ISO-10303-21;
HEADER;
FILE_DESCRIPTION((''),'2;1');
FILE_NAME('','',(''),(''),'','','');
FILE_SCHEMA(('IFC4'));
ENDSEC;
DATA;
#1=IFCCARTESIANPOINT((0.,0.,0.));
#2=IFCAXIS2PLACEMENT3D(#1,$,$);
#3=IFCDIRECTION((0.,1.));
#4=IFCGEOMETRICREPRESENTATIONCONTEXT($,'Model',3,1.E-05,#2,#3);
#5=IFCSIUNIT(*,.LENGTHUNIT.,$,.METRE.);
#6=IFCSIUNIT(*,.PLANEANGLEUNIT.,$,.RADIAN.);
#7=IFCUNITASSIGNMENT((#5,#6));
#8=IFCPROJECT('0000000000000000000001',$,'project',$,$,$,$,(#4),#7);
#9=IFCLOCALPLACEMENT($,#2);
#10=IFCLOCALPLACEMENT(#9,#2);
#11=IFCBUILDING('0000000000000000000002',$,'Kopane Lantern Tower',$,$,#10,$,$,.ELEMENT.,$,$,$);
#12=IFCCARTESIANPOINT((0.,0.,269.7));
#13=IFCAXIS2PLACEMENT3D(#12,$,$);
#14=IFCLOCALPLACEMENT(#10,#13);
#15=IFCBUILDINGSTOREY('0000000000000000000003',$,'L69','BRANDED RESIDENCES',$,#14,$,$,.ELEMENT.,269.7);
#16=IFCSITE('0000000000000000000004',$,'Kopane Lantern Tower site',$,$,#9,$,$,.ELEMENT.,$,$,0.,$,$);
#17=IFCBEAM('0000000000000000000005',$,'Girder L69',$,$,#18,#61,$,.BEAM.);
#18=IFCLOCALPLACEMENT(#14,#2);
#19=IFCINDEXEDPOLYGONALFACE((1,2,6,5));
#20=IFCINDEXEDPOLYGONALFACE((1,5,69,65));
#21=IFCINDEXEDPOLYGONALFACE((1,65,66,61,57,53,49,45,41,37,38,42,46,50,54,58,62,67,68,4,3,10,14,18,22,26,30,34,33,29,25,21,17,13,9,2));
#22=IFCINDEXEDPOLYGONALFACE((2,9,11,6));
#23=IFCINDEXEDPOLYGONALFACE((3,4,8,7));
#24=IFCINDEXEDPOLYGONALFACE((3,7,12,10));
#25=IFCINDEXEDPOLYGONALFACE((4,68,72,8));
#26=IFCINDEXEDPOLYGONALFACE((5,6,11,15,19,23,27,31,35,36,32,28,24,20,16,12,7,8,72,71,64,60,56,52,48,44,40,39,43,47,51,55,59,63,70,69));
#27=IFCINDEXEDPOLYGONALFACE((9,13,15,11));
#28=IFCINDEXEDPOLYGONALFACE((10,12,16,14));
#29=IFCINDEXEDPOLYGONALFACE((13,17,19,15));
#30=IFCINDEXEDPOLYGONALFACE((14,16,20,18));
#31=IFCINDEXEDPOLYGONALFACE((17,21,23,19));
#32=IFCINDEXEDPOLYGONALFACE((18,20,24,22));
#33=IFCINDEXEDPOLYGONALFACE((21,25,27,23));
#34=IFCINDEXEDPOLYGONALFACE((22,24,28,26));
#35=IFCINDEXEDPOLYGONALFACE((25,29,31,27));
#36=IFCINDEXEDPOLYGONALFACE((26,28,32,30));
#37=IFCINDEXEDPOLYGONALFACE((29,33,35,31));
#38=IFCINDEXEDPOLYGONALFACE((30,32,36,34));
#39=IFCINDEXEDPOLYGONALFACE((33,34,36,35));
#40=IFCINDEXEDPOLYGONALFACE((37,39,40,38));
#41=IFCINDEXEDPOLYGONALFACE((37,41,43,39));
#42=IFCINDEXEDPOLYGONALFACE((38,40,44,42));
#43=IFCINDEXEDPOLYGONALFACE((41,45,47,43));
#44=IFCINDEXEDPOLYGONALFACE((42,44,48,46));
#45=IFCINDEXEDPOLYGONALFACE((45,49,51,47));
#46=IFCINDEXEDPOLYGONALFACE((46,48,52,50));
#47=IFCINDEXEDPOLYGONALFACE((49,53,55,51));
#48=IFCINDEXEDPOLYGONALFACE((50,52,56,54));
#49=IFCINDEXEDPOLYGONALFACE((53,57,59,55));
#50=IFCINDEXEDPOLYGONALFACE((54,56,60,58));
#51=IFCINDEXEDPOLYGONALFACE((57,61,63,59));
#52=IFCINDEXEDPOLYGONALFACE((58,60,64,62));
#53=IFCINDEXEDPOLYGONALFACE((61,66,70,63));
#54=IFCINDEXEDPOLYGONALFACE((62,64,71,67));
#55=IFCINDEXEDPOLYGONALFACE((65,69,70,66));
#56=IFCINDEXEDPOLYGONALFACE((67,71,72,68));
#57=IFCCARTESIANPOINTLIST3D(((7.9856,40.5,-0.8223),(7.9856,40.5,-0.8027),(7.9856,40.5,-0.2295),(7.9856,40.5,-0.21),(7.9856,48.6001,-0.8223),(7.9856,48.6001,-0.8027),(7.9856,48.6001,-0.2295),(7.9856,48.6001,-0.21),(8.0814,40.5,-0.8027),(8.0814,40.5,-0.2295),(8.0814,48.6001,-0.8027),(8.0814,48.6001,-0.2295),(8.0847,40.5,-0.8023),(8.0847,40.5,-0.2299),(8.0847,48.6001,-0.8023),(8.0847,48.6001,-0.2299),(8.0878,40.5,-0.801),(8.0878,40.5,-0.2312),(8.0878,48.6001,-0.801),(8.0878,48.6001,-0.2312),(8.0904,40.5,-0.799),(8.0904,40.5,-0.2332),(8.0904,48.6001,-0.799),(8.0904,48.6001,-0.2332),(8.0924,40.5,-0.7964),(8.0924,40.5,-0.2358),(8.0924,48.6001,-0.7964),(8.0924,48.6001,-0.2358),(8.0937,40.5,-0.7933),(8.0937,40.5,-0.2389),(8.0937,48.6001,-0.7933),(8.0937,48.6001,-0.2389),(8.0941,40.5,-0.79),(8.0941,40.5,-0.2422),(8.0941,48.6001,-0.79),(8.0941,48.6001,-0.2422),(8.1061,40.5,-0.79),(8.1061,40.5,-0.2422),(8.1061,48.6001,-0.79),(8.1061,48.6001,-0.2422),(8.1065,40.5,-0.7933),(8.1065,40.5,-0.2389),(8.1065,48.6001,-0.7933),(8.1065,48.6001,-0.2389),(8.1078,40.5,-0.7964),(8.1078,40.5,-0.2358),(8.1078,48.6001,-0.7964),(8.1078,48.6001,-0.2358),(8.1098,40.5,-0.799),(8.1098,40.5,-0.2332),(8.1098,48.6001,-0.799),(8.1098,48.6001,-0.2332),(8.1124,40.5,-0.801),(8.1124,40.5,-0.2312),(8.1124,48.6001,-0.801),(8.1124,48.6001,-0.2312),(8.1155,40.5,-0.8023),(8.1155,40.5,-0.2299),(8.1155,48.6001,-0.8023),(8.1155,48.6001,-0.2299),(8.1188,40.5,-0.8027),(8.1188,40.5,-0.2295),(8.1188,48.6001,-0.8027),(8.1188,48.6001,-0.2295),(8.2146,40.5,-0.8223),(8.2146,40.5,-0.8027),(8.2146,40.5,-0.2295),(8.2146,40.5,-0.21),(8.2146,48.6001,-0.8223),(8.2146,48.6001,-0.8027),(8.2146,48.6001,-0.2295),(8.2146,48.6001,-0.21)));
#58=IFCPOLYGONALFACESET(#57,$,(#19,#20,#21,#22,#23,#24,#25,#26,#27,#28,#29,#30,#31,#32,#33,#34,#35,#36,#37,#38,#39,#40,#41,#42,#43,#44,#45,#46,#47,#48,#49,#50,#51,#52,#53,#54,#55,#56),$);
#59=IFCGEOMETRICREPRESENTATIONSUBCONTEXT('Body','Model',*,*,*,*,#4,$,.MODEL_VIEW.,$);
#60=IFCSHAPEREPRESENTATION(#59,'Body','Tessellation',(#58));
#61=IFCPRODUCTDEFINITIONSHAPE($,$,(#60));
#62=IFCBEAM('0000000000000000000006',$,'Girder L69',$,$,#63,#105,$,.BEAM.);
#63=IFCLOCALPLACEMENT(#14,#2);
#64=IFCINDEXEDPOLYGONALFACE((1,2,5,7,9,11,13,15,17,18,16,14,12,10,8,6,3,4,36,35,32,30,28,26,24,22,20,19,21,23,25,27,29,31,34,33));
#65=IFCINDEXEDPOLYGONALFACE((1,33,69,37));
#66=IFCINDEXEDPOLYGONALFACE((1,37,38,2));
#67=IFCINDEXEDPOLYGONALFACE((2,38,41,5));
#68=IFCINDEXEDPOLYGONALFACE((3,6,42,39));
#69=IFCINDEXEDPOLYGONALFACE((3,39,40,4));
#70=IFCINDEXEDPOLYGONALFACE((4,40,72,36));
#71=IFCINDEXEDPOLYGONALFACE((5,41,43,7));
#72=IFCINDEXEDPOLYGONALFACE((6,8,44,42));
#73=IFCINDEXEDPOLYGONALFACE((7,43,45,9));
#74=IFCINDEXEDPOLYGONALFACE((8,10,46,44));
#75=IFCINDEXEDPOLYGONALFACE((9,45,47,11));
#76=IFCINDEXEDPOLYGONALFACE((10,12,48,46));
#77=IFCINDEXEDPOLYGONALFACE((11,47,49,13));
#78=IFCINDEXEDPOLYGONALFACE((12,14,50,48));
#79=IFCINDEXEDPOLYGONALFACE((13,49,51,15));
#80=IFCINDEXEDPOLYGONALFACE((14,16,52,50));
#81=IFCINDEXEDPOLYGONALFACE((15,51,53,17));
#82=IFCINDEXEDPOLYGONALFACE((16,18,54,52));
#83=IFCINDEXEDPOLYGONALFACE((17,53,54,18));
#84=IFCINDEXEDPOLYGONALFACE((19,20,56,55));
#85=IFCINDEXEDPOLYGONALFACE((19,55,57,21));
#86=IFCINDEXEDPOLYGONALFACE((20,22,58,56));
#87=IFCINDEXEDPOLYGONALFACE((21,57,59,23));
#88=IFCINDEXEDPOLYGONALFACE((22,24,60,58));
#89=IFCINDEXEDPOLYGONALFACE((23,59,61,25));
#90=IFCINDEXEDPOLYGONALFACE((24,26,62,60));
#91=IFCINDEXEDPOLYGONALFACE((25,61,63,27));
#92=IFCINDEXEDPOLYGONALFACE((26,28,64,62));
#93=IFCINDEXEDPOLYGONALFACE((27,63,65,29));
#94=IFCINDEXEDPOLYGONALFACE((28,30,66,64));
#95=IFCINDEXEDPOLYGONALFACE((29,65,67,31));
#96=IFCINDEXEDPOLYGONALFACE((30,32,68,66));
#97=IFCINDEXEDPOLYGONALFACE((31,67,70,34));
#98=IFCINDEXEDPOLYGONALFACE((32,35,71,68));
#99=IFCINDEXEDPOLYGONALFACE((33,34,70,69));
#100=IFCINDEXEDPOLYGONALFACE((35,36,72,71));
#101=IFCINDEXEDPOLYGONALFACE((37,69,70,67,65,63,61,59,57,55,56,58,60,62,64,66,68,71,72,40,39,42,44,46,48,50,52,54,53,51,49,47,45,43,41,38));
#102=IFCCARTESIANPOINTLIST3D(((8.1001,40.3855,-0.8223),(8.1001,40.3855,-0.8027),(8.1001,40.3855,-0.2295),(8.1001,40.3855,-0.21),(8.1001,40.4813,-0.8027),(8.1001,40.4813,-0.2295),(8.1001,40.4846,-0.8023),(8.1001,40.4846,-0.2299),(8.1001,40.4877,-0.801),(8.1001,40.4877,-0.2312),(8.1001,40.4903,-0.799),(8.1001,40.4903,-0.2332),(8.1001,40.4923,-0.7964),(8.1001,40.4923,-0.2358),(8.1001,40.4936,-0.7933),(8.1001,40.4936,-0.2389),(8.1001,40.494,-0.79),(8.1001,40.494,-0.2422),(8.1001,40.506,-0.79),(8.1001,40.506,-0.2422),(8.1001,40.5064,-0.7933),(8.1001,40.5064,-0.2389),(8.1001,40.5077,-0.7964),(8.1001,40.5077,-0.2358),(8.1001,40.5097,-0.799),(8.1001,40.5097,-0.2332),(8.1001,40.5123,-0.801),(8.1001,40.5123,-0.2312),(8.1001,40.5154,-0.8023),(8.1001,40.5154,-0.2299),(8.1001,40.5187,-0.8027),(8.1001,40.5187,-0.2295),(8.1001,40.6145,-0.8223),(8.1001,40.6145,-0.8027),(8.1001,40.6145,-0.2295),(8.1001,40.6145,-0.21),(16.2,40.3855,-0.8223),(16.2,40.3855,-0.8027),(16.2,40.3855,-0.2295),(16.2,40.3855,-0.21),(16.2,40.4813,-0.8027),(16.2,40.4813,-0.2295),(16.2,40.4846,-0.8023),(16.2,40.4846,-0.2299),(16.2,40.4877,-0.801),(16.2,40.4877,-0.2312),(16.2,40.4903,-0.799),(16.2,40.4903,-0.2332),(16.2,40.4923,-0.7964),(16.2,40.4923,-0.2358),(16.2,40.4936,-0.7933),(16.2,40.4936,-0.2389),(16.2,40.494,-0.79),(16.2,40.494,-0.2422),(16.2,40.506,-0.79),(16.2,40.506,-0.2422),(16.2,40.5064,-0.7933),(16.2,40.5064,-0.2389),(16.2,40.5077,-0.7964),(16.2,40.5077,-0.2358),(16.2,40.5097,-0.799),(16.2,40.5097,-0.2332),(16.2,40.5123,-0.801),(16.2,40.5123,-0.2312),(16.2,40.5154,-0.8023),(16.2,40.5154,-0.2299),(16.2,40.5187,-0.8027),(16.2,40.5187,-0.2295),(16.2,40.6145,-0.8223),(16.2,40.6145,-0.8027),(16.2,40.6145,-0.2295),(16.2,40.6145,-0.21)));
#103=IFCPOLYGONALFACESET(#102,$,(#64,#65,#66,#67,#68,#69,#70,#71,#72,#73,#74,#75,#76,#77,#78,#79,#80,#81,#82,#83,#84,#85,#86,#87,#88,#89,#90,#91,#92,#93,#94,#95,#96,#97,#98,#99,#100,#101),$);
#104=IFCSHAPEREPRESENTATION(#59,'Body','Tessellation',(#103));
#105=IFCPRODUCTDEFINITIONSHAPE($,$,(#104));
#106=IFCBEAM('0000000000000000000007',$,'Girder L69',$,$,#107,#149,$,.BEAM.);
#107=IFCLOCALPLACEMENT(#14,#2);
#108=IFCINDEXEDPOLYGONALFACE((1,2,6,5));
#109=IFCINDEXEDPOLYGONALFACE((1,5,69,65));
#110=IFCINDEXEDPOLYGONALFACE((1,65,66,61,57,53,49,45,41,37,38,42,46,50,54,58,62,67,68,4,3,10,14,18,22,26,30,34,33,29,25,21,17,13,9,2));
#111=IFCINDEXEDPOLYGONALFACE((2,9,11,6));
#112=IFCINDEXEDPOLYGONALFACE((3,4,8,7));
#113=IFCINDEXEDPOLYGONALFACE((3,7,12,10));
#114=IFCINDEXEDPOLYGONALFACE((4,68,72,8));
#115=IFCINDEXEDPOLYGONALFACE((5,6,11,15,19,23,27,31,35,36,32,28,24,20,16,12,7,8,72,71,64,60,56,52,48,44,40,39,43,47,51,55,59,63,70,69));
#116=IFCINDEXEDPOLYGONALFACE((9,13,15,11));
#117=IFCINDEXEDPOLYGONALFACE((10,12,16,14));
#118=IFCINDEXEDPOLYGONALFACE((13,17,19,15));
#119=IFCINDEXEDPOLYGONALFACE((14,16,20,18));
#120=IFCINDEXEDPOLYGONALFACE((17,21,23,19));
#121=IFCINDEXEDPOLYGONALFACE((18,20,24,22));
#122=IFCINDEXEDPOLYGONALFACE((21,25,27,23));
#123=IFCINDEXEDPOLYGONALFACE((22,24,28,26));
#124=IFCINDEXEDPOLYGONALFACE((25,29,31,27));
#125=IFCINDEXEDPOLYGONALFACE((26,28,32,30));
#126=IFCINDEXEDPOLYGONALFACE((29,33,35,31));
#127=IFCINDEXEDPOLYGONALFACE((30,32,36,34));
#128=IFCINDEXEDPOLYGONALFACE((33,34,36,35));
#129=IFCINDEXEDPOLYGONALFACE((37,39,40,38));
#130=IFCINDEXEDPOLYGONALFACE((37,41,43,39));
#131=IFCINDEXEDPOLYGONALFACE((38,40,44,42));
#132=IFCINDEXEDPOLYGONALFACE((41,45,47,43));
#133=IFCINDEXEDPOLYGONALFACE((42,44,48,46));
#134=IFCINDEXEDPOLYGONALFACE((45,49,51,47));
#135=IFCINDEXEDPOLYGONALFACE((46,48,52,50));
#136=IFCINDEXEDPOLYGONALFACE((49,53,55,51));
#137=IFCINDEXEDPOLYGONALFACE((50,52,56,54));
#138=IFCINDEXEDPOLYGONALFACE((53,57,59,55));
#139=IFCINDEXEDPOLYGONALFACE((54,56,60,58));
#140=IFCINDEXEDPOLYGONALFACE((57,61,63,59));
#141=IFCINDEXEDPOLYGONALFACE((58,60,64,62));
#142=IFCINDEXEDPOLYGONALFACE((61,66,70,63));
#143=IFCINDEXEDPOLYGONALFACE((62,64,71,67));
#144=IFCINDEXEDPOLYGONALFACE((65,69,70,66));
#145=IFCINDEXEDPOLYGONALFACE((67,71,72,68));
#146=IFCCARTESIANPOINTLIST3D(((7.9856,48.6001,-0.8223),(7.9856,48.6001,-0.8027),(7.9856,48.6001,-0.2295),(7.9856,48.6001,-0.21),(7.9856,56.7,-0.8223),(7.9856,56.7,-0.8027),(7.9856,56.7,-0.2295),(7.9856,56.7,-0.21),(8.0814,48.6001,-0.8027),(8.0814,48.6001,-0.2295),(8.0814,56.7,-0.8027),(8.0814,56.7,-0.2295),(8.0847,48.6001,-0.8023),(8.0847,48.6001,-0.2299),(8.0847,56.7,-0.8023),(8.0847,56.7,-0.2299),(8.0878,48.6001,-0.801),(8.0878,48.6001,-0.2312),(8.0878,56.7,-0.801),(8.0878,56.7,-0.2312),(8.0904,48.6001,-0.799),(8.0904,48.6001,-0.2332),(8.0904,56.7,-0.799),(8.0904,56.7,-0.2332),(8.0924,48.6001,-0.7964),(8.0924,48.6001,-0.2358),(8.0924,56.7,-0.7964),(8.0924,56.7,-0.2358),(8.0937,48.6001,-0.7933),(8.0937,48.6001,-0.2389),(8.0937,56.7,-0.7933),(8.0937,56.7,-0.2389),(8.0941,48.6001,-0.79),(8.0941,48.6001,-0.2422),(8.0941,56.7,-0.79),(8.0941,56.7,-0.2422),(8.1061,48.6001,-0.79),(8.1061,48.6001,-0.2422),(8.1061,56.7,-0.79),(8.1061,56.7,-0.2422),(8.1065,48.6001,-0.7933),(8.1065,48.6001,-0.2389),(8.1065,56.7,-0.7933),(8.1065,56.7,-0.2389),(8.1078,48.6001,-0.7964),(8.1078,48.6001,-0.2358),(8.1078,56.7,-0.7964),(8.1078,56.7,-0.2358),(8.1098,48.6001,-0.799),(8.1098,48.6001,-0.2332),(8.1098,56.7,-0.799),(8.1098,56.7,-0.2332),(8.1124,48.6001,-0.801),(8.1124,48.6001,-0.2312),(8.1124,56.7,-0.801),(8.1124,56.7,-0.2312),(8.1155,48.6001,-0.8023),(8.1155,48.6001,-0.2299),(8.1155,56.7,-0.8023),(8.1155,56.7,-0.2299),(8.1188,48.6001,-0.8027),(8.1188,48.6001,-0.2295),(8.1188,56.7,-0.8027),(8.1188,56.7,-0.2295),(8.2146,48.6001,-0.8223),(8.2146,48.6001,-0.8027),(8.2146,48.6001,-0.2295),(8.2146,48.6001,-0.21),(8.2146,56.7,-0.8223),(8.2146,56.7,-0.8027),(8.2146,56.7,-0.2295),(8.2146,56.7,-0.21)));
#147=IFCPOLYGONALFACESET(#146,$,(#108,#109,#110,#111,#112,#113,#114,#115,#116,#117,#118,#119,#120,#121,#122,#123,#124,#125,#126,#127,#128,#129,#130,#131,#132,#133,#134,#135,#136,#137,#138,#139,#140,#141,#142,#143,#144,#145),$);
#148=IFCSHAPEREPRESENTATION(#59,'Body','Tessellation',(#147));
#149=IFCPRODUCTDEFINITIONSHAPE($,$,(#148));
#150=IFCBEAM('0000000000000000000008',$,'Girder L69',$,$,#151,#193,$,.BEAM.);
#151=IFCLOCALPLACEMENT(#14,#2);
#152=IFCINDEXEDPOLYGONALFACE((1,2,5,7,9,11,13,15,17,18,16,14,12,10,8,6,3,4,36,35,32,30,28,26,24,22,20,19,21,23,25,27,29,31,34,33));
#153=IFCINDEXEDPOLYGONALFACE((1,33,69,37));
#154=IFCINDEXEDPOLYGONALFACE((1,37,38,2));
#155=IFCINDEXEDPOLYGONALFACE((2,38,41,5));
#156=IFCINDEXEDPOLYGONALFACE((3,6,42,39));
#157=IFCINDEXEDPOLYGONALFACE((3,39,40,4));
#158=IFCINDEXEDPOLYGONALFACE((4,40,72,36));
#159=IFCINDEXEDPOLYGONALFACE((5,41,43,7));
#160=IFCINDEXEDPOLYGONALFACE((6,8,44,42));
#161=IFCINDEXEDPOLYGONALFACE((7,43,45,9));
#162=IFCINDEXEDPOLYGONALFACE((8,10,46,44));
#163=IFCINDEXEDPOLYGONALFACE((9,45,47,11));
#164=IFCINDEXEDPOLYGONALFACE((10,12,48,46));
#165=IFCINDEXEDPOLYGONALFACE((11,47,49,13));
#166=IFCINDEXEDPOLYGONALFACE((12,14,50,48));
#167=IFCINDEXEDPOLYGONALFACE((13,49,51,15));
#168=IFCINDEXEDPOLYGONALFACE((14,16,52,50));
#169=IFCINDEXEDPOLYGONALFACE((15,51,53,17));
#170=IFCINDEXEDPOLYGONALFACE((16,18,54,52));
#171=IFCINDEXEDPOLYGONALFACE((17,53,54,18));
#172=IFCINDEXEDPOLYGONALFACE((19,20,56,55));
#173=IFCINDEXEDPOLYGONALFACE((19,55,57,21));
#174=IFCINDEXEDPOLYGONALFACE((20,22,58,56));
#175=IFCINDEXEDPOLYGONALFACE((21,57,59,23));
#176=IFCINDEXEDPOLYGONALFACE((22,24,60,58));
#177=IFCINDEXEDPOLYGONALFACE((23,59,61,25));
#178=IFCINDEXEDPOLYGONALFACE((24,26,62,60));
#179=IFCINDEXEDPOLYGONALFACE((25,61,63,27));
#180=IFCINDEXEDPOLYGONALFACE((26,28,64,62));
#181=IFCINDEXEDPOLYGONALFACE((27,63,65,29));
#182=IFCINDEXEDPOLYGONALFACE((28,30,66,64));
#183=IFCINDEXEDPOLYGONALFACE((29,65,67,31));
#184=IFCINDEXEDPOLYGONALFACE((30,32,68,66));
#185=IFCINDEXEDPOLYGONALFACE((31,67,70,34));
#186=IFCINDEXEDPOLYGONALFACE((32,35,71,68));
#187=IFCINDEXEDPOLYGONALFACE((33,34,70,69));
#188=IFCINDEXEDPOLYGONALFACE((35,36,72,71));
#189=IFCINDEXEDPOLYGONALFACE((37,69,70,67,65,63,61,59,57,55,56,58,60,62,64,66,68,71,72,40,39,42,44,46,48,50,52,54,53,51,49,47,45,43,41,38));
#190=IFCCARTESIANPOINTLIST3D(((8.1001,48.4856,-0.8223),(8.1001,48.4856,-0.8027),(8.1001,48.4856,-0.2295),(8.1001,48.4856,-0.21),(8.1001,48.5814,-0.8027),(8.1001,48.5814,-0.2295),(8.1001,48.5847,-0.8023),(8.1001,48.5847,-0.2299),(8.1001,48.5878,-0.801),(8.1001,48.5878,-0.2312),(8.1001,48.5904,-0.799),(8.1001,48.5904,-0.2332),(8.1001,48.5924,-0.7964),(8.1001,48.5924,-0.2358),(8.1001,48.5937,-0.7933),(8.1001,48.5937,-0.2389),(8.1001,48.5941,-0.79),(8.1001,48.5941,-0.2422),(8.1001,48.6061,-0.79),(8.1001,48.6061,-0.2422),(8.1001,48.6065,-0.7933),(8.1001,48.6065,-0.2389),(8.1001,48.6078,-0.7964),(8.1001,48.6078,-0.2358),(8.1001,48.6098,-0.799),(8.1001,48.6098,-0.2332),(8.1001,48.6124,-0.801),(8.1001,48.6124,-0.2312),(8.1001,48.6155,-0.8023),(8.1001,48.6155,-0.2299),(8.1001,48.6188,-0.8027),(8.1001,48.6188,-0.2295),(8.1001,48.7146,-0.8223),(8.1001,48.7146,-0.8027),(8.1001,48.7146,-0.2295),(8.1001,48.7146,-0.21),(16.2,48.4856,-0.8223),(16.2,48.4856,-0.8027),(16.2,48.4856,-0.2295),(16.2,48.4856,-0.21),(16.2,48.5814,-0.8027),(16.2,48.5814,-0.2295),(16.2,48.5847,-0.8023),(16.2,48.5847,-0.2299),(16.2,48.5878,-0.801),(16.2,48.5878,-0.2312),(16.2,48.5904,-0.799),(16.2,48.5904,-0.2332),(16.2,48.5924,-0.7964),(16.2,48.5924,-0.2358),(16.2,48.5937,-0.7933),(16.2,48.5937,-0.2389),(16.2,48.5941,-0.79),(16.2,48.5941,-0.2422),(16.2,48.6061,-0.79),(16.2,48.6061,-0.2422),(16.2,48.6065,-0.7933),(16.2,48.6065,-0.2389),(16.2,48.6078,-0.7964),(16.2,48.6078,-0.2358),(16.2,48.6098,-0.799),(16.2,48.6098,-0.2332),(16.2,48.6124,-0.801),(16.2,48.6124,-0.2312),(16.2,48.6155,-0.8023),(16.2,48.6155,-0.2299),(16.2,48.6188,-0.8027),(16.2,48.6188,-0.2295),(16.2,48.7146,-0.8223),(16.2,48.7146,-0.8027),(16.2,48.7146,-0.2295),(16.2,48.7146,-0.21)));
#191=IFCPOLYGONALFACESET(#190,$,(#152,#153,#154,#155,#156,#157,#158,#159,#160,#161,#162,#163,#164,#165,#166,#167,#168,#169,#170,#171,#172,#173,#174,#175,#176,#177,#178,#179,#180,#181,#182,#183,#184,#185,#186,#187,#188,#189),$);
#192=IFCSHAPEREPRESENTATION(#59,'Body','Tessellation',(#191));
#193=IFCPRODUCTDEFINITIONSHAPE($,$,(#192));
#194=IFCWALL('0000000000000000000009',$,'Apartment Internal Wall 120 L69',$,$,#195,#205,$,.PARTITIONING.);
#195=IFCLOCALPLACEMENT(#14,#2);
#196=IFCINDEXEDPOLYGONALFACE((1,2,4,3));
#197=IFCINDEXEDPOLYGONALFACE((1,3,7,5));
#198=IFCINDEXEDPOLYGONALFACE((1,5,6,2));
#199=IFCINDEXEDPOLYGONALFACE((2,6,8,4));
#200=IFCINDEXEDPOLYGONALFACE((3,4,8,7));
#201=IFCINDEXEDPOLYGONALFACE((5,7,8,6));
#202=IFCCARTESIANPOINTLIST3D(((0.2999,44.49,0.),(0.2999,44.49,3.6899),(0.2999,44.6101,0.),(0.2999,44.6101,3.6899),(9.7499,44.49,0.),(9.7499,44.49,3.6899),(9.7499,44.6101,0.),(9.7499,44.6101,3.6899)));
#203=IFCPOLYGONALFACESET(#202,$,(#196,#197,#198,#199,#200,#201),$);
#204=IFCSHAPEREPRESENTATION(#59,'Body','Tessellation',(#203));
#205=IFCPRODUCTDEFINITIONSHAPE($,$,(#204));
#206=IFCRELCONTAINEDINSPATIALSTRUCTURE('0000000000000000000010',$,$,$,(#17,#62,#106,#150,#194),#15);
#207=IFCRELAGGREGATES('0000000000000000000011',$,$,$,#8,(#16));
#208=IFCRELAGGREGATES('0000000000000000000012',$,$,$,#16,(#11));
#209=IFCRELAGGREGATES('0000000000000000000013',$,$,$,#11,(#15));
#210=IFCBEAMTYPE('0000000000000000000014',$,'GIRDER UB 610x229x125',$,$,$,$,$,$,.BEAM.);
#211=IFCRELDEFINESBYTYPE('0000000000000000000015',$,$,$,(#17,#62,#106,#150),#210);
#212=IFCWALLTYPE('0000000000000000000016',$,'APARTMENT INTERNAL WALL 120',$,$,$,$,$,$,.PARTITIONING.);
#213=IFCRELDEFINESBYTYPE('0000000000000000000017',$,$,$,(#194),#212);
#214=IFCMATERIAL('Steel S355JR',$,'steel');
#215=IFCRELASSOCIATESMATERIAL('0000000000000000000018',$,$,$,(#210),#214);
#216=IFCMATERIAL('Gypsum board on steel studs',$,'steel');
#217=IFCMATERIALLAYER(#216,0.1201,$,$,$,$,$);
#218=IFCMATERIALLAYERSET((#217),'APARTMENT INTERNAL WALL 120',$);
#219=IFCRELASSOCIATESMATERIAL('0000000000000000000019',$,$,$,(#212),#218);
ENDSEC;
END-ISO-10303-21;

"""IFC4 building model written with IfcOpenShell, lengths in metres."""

from ifc_helpers import new_model, si_unit, direction, frame, frame_2d, origin, origin_2d, place, context, subcontext, project, spatial, rectangle, i_section, extrude, material, layer, layer_set, material_profile, profile_set, type_object, element, save


model = new_model("IFC4")

# Units and contexts
model_context = context("Model", 3, precision=1e-05, world=origin(), true_north=direction((0.0, 1.0)))
body_context = subcontext(model_context, "Body", "Model", "MODEL_VIEW")
ifc_project = project(units=[si_unit("LENGTHUNIT", "METRE"), si_unit("PLANEANGLEUNIT", "RADIAN")], contexts=[model_context])

# Site, building, storey
site_placement = place(None, origin())
site = spatial("IfcSite", under=ifc_project, at=site_placement, Name="Kopane Lantern Tower site", CompositionType="ELEMENT", RefElevation=0.0)
building_placement = place(site_placement, origin())
building = spatial("IfcBuilding", under=site, at=building_placement, Name="Kopane Lantern Tower", CompositionType="ELEMENT")
storey_placement = place(building_placement, frame((0.0, 0.0, 269.7)))
storey = spatial("IfcBuildingStorey", under=building, at=storey_placement, Name="L69", Description="BRANDED RESIDENCES", CompositionType="ELEMENT", Elevation=269.7)

# Beams
ifc_material_1 = material(Name="Steel S355JR", Category="steel")
ifc_material_profile_1 = material_profile(ifc_material_1, i_section(OverallWidth=0.229, OverallDepth=0.6123, WebThickness=0.012, FlangeThickness=0.0195, FilletRadius=0.0127, at=origin_2d()), Name="UB 610x229x125")
ifc_profile_set_1 = profile_set([ifc_material_profile_1], Name="Steel S355JR")
beam_type = type_object("IfcBeamType", Name="GIRDER UB 610x229x125", PredefinedType="BEAM", material=ifc_profile_set_1)
for number, where, z_axis, x_axis, name in (
    (1, (8.1001, 40.5, -0.5161), (0.0, 1.0, 0.0), (-1.0, 0.0, 0.0), "Girder L69"),
):
    element("IfcBeam", number, at=place(storey_placement, frame(where, z_axis=z_axis, x_axis=x_axis)), inside=storey, type_object=beam_type, Name=name, PredefinedType="BEAM", context=body_context, shape_type="SweptSolid", body=[
        extrude(i_section(OverallWidth=0.229, OverallDepth=0.6123, WebThickness=0.012, FlangeThickness=0.0195, FilletRadius=0.0127, at=origin_2d()), origin(), (0.0, 0.0, 1.0), 8.1001),
    ])
for number, where, z_axis, x_axis, name in (
    (2, (8.1001, 40.5, -0.5161), (1.0, 0.0, 0.0), (0.0, 1.0, 0.0), "Girder L69"),
    (3, (8.1001, 48.6001, -0.5161), (0.0, 1.0, 0.0), (-1.0, 0.0, 0.0), "Girder L69"),
    (4, (8.1001, 48.6001, -0.5161), (1.0, 0.0, 0.0), (0.0, 1.0, 0.0), "Girder L69"),
):
    element("IfcBeam", number, at=place(storey_placement, frame(where, z_axis=z_axis, x_axis=x_axis)), inside=storey, type_object=beam_type, Name=name, PredefinedType="BEAM", context=body_context, shape_type="SweptSolid", body=[
        extrude(i_section(OverallWidth=0.229, OverallDepth=0.6123, WebThickness=0.012, FlangeThickness=0.0195, FilletRadius=0.0127, at=origin_2d()), origin(), (0.0, 0.0, 1.0), 8.0999),
    ])

# Wall
ifc_material_2 = material(Name="Gypsum board on steel studs", Category="steel")
ifc_layer_1 = layer(ifc_material_2, 0.1201)
ifc_layer_set_1 = layer_set([ifc_layer_1], Name="APARTMENT INTERNAL WALL 120")
wall_type_1 = type_object("IfcWallType", Name="APARTMENT INTERNAL WALL 120", PredefinedType="PARTITIONING", material=ifc_layer_set_1)
wall_1_placement = place(storey_placement, frame((9.75, 44.55, 0.0), z_axis=(0.0, 0.0, 1.0), x_axis=(-1.0, 0.0, 0.0)))
element("IfcWall", 5, at=wall_1_placement, inside=storey, type_object=wall_type_1, Name="Apartment Internal Wall 120 L69", PredefinedType="PARTITIONING", context=body_context, shape_type="SweptSolid", body=[
    extrude(rectangle(XDim=9.45, YDim=0.1201, at=frame_2d((4.7251, 0.0))), origin(), (0.0, 0.0, 1.0), 3.6899),
])

save(model, "model.ifc")
